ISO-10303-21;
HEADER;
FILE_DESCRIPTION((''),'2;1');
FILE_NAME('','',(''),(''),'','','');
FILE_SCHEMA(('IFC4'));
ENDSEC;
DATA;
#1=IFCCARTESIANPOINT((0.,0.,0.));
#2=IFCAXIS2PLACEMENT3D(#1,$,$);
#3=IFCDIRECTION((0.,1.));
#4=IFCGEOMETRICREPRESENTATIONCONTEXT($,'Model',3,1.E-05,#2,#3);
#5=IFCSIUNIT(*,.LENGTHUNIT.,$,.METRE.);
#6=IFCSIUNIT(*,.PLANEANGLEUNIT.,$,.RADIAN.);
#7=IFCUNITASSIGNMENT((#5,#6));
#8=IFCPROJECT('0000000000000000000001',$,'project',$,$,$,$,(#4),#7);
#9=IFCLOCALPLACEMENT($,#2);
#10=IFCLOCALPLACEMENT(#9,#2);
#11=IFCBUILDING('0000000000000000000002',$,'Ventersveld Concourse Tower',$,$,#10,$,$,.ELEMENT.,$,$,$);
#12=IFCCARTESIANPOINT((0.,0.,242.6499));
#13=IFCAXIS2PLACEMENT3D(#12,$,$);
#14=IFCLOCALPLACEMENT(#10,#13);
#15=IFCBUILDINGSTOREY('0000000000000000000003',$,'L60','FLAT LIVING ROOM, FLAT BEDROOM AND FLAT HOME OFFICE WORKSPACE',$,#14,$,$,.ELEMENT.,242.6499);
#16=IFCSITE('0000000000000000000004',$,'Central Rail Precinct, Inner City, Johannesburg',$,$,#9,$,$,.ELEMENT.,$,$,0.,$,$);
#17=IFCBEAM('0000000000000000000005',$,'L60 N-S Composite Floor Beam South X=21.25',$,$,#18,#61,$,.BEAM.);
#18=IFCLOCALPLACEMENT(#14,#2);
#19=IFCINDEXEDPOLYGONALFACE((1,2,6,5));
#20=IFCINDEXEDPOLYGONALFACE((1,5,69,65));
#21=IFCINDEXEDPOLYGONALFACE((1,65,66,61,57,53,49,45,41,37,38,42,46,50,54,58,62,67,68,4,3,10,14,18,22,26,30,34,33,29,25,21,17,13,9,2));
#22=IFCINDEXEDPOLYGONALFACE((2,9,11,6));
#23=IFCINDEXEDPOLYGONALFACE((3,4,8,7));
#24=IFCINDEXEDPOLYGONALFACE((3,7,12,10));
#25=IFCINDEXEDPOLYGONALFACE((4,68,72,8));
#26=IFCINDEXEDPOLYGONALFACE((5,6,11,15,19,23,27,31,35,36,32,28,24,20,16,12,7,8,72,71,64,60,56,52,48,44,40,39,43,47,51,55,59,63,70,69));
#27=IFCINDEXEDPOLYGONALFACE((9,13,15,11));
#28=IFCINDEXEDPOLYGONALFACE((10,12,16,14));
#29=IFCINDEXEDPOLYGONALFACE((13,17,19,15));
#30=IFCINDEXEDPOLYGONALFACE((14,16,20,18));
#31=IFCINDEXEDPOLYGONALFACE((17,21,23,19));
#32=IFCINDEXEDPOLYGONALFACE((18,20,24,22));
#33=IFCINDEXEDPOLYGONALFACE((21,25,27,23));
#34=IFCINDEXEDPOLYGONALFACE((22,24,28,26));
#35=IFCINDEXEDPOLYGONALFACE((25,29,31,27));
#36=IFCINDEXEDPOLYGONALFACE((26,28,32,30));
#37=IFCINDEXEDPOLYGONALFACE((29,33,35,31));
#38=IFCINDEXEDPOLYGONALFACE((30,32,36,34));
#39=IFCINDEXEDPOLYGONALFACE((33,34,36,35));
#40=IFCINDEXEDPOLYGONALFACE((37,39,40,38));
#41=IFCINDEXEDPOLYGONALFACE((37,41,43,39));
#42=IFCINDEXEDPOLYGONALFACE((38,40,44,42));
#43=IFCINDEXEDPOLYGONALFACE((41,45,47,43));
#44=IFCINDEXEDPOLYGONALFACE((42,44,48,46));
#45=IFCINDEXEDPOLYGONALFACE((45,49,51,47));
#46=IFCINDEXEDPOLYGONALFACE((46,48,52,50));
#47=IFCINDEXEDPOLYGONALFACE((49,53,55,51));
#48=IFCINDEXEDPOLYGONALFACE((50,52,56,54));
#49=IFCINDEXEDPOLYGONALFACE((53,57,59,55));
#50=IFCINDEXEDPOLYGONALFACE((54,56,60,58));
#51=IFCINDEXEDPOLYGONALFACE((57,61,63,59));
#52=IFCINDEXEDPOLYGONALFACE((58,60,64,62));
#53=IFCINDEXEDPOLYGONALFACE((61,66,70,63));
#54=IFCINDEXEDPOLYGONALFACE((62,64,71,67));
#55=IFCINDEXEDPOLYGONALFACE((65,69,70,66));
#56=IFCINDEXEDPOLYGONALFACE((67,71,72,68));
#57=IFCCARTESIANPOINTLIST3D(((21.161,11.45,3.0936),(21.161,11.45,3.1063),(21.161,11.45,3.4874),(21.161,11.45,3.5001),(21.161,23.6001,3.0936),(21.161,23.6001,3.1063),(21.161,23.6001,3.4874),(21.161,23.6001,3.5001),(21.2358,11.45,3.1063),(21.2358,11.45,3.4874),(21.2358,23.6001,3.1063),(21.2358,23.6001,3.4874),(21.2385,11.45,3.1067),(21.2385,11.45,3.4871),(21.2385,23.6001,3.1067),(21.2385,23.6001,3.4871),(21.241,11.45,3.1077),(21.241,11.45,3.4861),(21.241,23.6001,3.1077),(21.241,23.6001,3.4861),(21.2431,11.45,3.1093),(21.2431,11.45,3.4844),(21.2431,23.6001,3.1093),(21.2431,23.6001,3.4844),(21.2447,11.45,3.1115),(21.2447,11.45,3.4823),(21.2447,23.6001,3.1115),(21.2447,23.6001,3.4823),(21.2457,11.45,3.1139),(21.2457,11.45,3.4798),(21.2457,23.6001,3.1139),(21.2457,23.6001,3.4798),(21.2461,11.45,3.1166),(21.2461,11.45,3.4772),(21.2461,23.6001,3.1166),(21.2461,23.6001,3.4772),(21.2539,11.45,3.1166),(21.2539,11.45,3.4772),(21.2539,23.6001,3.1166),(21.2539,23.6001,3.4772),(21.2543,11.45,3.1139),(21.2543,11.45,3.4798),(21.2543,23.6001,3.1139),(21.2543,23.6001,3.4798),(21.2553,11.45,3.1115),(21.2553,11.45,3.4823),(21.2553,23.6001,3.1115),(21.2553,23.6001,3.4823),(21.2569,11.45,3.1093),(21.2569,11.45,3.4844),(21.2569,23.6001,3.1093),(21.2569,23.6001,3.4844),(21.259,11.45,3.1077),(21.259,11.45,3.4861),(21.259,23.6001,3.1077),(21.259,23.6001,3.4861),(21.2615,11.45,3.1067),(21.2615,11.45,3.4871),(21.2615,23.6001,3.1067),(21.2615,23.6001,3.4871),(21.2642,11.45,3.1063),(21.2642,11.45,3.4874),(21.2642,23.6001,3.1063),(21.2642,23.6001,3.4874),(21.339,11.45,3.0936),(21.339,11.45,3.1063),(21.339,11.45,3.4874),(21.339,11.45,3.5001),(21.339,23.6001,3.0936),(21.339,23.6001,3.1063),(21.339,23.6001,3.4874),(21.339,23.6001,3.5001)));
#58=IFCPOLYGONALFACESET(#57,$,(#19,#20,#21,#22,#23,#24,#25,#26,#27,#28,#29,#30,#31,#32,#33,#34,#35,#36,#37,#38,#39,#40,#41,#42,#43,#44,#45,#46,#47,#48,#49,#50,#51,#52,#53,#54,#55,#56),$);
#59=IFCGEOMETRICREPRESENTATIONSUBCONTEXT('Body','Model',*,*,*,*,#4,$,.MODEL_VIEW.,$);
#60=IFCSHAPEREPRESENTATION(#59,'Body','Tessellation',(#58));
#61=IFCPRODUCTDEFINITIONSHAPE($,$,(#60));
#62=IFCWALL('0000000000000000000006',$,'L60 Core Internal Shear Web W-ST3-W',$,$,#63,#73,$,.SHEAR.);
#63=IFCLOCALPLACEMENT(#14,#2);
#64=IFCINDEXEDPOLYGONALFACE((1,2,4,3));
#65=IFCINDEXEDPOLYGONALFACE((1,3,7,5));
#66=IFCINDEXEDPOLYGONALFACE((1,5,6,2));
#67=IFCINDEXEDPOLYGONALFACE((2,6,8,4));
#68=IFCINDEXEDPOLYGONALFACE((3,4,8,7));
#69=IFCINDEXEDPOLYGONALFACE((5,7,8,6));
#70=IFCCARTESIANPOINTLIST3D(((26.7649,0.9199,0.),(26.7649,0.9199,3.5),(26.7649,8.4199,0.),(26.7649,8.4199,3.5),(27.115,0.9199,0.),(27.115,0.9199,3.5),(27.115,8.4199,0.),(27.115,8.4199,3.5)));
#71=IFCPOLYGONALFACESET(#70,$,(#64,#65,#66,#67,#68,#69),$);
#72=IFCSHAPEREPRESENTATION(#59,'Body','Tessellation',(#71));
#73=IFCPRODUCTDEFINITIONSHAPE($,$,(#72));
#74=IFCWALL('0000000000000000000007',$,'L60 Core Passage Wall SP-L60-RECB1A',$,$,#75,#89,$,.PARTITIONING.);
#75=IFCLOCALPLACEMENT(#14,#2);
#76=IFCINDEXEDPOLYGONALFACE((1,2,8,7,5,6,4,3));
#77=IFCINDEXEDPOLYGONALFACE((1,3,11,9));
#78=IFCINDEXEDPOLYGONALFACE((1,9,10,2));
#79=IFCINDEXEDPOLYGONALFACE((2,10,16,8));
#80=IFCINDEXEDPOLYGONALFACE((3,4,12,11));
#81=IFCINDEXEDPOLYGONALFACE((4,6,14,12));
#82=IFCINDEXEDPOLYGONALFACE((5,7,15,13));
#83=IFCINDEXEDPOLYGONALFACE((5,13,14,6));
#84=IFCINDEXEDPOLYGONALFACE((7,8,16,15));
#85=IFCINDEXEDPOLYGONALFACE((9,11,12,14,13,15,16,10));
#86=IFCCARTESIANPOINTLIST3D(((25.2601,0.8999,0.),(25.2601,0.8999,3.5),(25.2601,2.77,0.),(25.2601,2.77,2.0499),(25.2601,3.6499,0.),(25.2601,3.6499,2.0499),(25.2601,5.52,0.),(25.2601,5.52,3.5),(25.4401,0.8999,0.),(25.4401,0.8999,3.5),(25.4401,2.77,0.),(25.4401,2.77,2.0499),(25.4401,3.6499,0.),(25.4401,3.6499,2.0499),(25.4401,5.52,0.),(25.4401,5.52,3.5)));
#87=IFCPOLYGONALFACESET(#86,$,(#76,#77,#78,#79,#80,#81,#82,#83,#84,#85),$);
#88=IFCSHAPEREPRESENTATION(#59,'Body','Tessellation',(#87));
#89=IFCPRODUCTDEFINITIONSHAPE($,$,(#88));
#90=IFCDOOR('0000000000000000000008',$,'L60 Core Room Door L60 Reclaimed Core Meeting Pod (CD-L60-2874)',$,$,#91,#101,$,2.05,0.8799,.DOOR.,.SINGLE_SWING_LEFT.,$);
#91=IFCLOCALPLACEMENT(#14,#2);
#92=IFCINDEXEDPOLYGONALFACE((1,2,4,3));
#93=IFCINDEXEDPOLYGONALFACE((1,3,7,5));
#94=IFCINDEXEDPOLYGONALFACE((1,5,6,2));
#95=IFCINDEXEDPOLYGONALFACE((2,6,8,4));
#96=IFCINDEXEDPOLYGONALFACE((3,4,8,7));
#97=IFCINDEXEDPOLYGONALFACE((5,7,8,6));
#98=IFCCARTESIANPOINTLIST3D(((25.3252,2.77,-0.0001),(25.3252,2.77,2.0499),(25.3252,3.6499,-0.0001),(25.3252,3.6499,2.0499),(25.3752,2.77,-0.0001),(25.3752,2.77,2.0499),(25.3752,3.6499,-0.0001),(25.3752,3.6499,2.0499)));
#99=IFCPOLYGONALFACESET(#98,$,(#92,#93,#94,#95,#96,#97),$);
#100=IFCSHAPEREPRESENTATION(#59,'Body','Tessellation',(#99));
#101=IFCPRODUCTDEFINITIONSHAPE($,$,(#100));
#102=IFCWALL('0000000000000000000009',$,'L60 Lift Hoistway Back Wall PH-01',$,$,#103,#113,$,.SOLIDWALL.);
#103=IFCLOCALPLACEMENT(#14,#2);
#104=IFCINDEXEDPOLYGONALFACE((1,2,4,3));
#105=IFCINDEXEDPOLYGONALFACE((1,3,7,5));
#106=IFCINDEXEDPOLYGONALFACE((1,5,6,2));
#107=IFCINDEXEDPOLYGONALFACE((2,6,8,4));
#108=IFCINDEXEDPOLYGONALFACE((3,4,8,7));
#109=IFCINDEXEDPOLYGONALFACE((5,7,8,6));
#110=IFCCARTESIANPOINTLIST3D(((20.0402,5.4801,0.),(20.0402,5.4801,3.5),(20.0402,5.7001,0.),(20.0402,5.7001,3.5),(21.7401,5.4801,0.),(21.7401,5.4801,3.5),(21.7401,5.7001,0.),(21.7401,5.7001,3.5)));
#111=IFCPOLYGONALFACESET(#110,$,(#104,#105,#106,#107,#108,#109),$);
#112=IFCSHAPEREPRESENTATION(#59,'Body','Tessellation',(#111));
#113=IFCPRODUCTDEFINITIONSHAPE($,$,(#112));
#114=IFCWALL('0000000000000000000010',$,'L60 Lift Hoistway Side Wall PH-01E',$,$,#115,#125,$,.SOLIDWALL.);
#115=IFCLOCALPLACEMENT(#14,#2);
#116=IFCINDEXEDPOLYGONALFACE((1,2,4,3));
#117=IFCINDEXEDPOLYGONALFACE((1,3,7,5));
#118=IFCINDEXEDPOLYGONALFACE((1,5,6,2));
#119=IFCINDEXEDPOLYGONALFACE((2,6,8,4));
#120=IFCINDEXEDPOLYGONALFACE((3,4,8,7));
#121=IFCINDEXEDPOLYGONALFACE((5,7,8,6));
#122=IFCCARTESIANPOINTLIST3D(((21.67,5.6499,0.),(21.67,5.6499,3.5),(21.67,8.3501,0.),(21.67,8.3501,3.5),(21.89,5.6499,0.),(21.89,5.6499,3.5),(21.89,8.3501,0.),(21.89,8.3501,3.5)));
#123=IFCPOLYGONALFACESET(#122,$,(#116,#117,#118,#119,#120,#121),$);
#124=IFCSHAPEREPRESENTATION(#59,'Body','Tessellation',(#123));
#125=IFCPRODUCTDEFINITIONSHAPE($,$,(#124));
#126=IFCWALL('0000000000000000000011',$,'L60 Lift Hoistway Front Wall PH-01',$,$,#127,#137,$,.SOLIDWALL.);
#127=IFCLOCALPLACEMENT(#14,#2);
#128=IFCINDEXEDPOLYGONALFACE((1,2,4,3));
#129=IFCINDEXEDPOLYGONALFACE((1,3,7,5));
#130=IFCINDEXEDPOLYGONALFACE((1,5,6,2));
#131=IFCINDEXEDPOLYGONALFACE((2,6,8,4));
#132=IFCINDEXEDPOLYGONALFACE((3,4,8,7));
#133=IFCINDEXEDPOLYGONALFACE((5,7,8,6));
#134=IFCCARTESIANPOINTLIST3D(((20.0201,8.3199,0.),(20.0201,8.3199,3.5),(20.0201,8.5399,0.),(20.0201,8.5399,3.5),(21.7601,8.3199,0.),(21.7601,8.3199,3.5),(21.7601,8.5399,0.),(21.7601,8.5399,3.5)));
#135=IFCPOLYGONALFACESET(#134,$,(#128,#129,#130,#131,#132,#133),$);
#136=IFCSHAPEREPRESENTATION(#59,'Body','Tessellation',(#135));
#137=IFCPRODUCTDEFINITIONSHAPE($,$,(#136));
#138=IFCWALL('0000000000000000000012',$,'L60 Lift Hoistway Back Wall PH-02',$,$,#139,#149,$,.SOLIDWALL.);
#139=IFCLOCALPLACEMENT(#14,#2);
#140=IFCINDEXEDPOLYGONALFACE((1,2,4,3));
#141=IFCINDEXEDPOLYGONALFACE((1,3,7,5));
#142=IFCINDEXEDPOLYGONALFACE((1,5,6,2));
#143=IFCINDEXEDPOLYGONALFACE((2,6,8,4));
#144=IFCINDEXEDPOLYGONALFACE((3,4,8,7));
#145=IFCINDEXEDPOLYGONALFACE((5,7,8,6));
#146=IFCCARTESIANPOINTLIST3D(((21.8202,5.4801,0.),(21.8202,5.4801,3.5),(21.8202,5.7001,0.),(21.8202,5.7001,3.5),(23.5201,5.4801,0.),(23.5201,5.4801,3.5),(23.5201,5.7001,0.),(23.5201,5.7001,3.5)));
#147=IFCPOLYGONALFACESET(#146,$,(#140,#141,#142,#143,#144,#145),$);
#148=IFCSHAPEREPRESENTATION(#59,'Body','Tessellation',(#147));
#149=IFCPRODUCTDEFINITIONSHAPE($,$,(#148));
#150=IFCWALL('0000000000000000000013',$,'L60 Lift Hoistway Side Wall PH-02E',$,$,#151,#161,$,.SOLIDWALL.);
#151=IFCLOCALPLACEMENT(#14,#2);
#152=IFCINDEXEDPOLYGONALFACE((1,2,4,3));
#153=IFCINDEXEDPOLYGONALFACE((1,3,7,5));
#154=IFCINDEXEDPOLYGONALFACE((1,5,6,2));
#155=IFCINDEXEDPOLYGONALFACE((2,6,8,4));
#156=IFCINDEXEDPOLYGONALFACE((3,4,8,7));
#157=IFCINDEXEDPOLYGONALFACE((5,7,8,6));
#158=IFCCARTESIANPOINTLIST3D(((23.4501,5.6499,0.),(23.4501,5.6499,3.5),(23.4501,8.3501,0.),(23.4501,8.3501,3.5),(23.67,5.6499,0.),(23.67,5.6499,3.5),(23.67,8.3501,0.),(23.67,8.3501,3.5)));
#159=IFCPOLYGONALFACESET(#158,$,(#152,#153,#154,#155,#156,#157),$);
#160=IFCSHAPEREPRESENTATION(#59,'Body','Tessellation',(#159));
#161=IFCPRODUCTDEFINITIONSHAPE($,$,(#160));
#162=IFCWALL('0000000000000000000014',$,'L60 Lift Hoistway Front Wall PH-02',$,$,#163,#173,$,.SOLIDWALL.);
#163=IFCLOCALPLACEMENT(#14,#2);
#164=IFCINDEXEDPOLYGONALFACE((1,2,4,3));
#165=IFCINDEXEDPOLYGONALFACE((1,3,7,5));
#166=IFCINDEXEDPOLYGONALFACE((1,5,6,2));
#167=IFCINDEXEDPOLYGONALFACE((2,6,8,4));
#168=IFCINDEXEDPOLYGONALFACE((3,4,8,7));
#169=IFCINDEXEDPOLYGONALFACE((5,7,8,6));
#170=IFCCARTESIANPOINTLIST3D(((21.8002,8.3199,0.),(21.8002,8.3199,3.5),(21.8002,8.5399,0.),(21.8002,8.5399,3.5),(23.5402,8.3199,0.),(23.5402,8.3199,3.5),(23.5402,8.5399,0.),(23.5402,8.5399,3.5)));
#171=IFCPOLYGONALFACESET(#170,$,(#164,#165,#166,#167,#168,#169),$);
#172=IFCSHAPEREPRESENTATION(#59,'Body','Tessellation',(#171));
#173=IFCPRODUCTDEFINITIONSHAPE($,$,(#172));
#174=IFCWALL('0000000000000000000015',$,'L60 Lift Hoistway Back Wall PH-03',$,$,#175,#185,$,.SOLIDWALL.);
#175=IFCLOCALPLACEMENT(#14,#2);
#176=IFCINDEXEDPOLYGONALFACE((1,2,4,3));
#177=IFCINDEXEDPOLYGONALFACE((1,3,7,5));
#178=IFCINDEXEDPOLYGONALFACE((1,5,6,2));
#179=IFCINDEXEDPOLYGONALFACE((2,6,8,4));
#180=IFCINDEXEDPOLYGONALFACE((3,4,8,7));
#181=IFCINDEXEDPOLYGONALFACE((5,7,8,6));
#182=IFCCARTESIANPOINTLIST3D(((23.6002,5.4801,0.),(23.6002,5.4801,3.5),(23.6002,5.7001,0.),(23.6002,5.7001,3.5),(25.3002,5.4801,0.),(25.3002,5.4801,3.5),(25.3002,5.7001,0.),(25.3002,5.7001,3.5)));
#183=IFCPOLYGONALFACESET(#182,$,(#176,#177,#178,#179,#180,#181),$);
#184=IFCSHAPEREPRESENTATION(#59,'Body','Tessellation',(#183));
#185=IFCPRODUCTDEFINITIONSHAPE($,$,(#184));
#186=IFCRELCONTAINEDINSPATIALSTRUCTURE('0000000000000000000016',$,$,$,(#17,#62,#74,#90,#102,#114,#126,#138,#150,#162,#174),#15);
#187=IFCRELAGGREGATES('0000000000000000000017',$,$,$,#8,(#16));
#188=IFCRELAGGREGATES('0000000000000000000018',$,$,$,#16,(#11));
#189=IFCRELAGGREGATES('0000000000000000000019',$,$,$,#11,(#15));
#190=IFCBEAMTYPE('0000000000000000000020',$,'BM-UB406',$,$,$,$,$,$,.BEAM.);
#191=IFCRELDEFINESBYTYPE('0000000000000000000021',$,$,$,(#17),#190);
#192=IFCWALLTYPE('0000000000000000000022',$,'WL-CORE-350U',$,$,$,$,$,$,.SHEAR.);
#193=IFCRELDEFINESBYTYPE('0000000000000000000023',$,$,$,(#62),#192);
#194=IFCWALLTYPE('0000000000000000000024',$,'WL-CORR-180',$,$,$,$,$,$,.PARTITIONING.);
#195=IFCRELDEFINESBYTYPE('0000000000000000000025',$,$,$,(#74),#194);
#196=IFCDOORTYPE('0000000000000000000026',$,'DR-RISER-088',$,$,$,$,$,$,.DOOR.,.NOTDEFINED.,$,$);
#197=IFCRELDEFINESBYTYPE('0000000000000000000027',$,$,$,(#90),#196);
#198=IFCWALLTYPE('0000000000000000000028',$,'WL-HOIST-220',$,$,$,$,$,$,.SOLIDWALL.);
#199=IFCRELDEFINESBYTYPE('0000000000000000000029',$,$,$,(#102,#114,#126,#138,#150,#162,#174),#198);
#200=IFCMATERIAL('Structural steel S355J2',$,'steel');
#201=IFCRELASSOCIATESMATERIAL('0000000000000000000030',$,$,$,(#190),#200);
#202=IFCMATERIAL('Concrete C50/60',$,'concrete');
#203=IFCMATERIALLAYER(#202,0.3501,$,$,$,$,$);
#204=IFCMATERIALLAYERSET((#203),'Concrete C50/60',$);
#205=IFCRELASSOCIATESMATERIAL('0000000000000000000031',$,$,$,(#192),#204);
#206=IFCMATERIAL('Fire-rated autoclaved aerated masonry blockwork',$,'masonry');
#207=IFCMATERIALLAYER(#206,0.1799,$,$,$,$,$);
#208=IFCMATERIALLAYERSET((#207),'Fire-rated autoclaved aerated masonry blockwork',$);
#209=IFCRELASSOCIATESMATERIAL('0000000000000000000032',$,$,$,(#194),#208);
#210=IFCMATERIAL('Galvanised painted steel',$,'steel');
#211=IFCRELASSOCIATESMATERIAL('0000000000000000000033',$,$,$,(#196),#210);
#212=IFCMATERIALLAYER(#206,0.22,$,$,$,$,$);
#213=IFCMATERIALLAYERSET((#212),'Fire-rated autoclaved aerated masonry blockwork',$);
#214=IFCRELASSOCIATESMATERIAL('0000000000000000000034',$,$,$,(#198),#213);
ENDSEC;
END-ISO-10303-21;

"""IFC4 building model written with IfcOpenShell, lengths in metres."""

from ifc_helpers import new_model, si_unit, direction, frame, frame_2d, origin, origin_2d, place, context, subcontext, project, spatial, rectangle, i_section, extrude, material, layer, layer_set, material_profile, profile_set, type_object, element, fill, save


model = new_model("IFC4")

# Units and contexts
model_context = context("Model", 3, precision=1e-05, world=origin(), true_north=direction((0.0, 1.0)))
body_context = subcontext(model_context, "Body", "Model", "MODEL_VIEW")
ifc_project = project(units=[si_unit("LENGTHUNIT", "METRE"), si_unit("PLANEANGLEUNIT", "RADIAN")], contexts=[model_context])

# Site, building, storey
site_placement = place(None, origin())
site = spatial("IfcSite", under=ifc_project, at=site_placement, Name="Central Rail Precinct, Inner City, Johannesburg", CompositionType="ELEMENT", RefElevation=0.0)
building_placement = place(site_placement, origin())
building = spatial("IfcBuilding", under=site, at=building_placement, Name="Ventersveld Concourse Tower", CompositionType="ELEMENT")
storey_placement = place(building_placement, frame((0.0, 0.0, 242.6499)))
storey = spatial("IfcBuildingStorey", under=building, at=storey_placement, Name="L60", Description="FLAT LIVING ROOM, FLAT BEDROOM AND FLAT HOME OFFICE WORKSPACE", CompositionType="ELEMENT", Elevation=242.6499)

# Beam
ifc_material_1 = material(Name="Structural steel S355J2", Category="steel")
ifc_material_profile = material_profile(ifc_material_1, i_section(OverallWidth=0.178, OverallDepth=0.4065, WebThickness=0.0078, FlangeThickness=0.0127, FilletRadius=0.0103, at=origin_2d()), Name="UB 406x178x60")
ifc_profile_set = profile_set([ifc_material_profile], Name="Structural steel S355J2")
beam_type = type_object("IfcBeamType", Name="BM-UB406", PredefinedType="BEAM", material=ifc_profile_set)
beam_placement = place(storey_placement, frame((21.25, 11.45, 3.2969), z_axis=(0.0, 1.0, 0.0), x_axis=(-1.0, 0.0, 0.0)))
element("IfcBeam", 1, at=beam_placement, inside=storey, type_object=beam_type, Name="L60 N-S Composite Floor Beam South X=21.25", PredefinedType="BEAM", context=body_context, shape_type="SweptSolid", body=[
    extrude(i_section(OverallWidth=0.178, OverallDepth=0.4065, WebThickness=0.0078, FlangeThickness=0.0127, FilletRadius=0.0103, at=origin_2d()), origin(), (0.0, 0.0, 1.0), 12.1501),
])

# Wall
ifc_material_2 = material(Name="Concrete C50/60", Category="concrete")
ifc_layer_1 = layer(ifc_material_2, 0.3501)
ifc_layer_set_1 = layer_set([ifc_layer_1], Name="Concrete C50/60")
wall_type_1 = type_object("IfcWallType", Name="WL-CORE-350U", PredefinedType="SHEAR", material=ifc_layer_set_1)
wall_1_placement = place(storey_placement, frame((26.9399, 0.9199, 0.0), z_axis=(0.0, 0.0, 1.0), x_axis=(0.0, 1.0, 0.0)))
element("IfcWall", 2, at=wall_1_placement, inside=storey, type_object=wall_type_1, Name="L60 Core Internal Shear Web W-ST3-W", PredefinedType="SHEAR", context=body_context, shape_type="SweptSolid", body=[
    extrude(rectangle(XDim=7.5, YDim=0.3501, at=frame_2d((3.75, 0.0))), origin(), (0.0, 0.0, 1.0), 3.5),
])

# Wall, opening, door
ifc_material_3 = material(Name="Fire-rated autoclaved aerated masonry blockwork", Category="masonry")
ifc_layer_2 = layer(ifc_material_3, 0.1799)
ifc_layer_set_2 = layer_set([ifc_layer_2], Name="Fire-rated autoclaved aerated masonry blockwork")
wall_type_2 = type_object("IfcWallType", Name="WL-CORR-180", PredefinedType="PARTITIONING", material=ifc_layer_set_2)
wall_2_placement = place(storey_placement, frame((25.3501, 0.8999, 0.0), z_axis=(0.0, 0.0, 1.0), x_axis=(0.0, 1.0, 0.0)))
wall_2 = element("IfcWall", 3, at=wall_2_placement, inside=storey, type_object=wall_type_2, Name="L60 Core Passage Wall SP-L60-RECB1A", PredefinedType="PARTITIONING", context=body_context, shape_type="SweptSolid", body=[
    extrude(rectangle(XDim=4.6201, YDim=0.1799, at=frame_2d((2.3101, 0.0))), origin(), (0.0, 0.0, 1.0), 3.5),
])
opening_1_placement = place(wall_2_placement, frame((1.8701, 0.0, 0.0)))
opening_1 = element("IfcOpeningElement", 4, at=opening_1_placement, cuts=wall_2, PredefinedType="OPENING", context=body_context, shape_type="SweptSolid", body=[
    extrude(rectangle(XDim=0.8799, YDim=2.05, at=frame_2d((0.4399, 1.0249))), frame((0.0, 0.1001, 0.0), z_axis=(0.0, -1.0, 0.0), x_axis=(1.0, 0.0, 0.0)), (0.0, 0.0, 1.0), 0.2),
])
ifc_material_4 = material(Name="Galvanised painted steel", Category="steel")
door_type_1 = type_object("IfcDoorType", Name="DR-RISER-088", OperationType="NOTDEFINED", PredefinedType="DOOR", material=ifc_material_4)
door_1_placement = place(opening_1_placement, origin())
door_1 = element("IfcDoor", 5, at=door_1_placement, inside=storey, type_object=door_type_1, Name="L60 Core Room Door L60 Reclaimed Core Meeting Pod (CD-L60-2874)", OperationType="SINGLE_SWING_LEFT", OverallHeight=2.05, OverallWidth=0.8799, PredefinedType="DOOR", context=body_context, shape_type="SweptSolid", body=[
    extrude(rectangle(XDim=0.8799, YDim=2.05, at=frame_2d((0.4399, 1.0249))), frame((0.0, 0.0249, 0.0), z_axis=(0.0, -1.0, 0.0), x_axis=(1.0, 0.0, 0.0)), (0.0, 0.0, 1.0), 0.05),
])
fill(opening_1, door_1)

# Walls
ifc_layer_3 = layer(ifc_material_3, 0.22)
ifc_layer_set_3 = layer_set([ifc_layer_3], Name="Fire-rated autoclaved aerated masonry blockwork")
wall_type_3 = type_object("IfcWallType", Name="WL-HOIST-220", PredefinedType="SOLIDWALL", material=ifc_layer_set_3)
wall_3_placement = place(storey_placement, frame((20.04, 5.5901, 0.0), z_axis=(0.0, 0.0, 1.0), x_axis=(1.0, 0.0, 0.0)))
element("IfcWall", 6, at=wall_3_placement, inside=storey, type_object=wall_type_3, Name="L60 Lift Hoistway Back Wall PH-01", PredefinedType="SOLIDWALL", context=body_context, shape_type="SweptSolid", body=[
    extrude(rectangle(XDim=1.7, YDim=0.22, at=frame_2d((0.8501, 0.0))), origin(), (0.0, 0.0, 1.0), 3.5),
])
wall_4_placement = place(storey_placement, frame((21.78, 5.6499, 0.0), z_axis=(0.0, 0.0, 1.0), x_axis=(0.0, 1.0, 0.0)))
element("IfcWall", 7, at=wall_4_placement, inside=storey, type_object=wall_type_3, Name="L60 Lift Hoistway Side Wall PH-01E", PredefinedType="SOLIDWALL", context=body_context, shape_type="SweptSolid", body=[
    extrude(rectangle(XDim=2.7002, YDim=0.22, at=frame_2d((1.3501, 0.0))), origin(), (0.0, 0.0, 1.0), 3.5),
])
wall_5_placement = place(storey_placement, frame((20.02, 8.4299, 0.0), z_axis=(0.0, 0.0, 1.0), x_axis=(1.0, 0.0, 0.0)))
element("IfcWall", 8, at=wall_5_placement, inside=storey, type_object=wall_type_3, Name="L60 Lift Hoistway Front Wall PH-01", PredefinedType="SOLIDWALL", context=body_context, shape_type="SweptSolid", body=[
    extrude(rectangle(XDim=1.74, YDim=0.22, at=frame_2d((0.8701, 0.0))), origin(), (0.0, 0.0, 1.0), 3.5),
])
wall_6_placement = place(storey_placement, frame((21.8201, 5.5901, 0.0), z_axis=(0.0, 0.0, 1.0), x_axis=(1.0, 0.0, 0.0)))
element("IfcWall", 9, at=wall_6_placement, inside=storey, type_object=wall_type_3, Name="L60 Lift Hoistway Back Wall PH-02", PredefinedType="SOLIDWALL", context=body_context, shape_type="SweptSolid", body=[
    extrude(rectangle(XDim=1.7, YDim=0.22, at=frame_2d((0.8501, 0.0))), origin(), (0.0, 0.0, 1.0), 3.5),
])
wall_7_placement = place(storey_placement, frame((23.5601, 5.6499, 0.0), z_axis=(0.0, 0.0, 1.0), x_axis=(0.0, 1.0, 0.0)))
element("IfcWall", 10, at=wall_7_placement, inside=storey, type_object=wall_type_3, Name="L60 Lift Hoistway Side Wall PH-02E", PredefinedType="SOLIDWALL", context=body_context, shape_type="SweptSolid", body=[
    extrude(rectangle(XDim=2.7002, YDim=0.22, at=frame_2d((1.3501, 0.0))), origin(), (0.0, 0.0, 1.0), 3.5),
])
wall_8_placement = place(storey_placement, frame((21.8, 8.4299, 0.0), z_axis=(0.0, 0.0, 1.0), x_axis=(1.0, 0.0, 0.0)))
element("IfcWall", 11, at=wall_8_placement, inside=storey, type_object=wall_type_3, Name="L60 Lift Hoistway Front Wall PH-02", PredefinedType="SOLIDWALL", context=body_context, shape_type="SweptSolid", body=[
    extrude(rectangle(XDim=1.74, YDim=0.22, at=frame_2d((0.8701, 0.0))), origin(), (0.0, 0.0, 1.0), 3.5),
])
wall_9_placement = place(storey_placement, frame((23.6001, 5.5901, 0.0), z_axis=(0.0, 0.0, 1.0), x_axis=(1.0, 0.0, 0.0)))
element("IfcWall", 12, at=wall_9_placement, inside=storey, type_object=wall_type_3, Name="L60 Lift Hoistway Back Wall PH-03", PredefinedType="SOLIDWALL", context=body_context, shape_type="SweptSolid", body=[
    extrude(rectangle(XDim=1.7, YDim=0.22, at=frame_2d((0.8501, 0.0))), origin(), (0.0, 0.0, 1.0), 3.5),
])

save(model, "model.ifc")
